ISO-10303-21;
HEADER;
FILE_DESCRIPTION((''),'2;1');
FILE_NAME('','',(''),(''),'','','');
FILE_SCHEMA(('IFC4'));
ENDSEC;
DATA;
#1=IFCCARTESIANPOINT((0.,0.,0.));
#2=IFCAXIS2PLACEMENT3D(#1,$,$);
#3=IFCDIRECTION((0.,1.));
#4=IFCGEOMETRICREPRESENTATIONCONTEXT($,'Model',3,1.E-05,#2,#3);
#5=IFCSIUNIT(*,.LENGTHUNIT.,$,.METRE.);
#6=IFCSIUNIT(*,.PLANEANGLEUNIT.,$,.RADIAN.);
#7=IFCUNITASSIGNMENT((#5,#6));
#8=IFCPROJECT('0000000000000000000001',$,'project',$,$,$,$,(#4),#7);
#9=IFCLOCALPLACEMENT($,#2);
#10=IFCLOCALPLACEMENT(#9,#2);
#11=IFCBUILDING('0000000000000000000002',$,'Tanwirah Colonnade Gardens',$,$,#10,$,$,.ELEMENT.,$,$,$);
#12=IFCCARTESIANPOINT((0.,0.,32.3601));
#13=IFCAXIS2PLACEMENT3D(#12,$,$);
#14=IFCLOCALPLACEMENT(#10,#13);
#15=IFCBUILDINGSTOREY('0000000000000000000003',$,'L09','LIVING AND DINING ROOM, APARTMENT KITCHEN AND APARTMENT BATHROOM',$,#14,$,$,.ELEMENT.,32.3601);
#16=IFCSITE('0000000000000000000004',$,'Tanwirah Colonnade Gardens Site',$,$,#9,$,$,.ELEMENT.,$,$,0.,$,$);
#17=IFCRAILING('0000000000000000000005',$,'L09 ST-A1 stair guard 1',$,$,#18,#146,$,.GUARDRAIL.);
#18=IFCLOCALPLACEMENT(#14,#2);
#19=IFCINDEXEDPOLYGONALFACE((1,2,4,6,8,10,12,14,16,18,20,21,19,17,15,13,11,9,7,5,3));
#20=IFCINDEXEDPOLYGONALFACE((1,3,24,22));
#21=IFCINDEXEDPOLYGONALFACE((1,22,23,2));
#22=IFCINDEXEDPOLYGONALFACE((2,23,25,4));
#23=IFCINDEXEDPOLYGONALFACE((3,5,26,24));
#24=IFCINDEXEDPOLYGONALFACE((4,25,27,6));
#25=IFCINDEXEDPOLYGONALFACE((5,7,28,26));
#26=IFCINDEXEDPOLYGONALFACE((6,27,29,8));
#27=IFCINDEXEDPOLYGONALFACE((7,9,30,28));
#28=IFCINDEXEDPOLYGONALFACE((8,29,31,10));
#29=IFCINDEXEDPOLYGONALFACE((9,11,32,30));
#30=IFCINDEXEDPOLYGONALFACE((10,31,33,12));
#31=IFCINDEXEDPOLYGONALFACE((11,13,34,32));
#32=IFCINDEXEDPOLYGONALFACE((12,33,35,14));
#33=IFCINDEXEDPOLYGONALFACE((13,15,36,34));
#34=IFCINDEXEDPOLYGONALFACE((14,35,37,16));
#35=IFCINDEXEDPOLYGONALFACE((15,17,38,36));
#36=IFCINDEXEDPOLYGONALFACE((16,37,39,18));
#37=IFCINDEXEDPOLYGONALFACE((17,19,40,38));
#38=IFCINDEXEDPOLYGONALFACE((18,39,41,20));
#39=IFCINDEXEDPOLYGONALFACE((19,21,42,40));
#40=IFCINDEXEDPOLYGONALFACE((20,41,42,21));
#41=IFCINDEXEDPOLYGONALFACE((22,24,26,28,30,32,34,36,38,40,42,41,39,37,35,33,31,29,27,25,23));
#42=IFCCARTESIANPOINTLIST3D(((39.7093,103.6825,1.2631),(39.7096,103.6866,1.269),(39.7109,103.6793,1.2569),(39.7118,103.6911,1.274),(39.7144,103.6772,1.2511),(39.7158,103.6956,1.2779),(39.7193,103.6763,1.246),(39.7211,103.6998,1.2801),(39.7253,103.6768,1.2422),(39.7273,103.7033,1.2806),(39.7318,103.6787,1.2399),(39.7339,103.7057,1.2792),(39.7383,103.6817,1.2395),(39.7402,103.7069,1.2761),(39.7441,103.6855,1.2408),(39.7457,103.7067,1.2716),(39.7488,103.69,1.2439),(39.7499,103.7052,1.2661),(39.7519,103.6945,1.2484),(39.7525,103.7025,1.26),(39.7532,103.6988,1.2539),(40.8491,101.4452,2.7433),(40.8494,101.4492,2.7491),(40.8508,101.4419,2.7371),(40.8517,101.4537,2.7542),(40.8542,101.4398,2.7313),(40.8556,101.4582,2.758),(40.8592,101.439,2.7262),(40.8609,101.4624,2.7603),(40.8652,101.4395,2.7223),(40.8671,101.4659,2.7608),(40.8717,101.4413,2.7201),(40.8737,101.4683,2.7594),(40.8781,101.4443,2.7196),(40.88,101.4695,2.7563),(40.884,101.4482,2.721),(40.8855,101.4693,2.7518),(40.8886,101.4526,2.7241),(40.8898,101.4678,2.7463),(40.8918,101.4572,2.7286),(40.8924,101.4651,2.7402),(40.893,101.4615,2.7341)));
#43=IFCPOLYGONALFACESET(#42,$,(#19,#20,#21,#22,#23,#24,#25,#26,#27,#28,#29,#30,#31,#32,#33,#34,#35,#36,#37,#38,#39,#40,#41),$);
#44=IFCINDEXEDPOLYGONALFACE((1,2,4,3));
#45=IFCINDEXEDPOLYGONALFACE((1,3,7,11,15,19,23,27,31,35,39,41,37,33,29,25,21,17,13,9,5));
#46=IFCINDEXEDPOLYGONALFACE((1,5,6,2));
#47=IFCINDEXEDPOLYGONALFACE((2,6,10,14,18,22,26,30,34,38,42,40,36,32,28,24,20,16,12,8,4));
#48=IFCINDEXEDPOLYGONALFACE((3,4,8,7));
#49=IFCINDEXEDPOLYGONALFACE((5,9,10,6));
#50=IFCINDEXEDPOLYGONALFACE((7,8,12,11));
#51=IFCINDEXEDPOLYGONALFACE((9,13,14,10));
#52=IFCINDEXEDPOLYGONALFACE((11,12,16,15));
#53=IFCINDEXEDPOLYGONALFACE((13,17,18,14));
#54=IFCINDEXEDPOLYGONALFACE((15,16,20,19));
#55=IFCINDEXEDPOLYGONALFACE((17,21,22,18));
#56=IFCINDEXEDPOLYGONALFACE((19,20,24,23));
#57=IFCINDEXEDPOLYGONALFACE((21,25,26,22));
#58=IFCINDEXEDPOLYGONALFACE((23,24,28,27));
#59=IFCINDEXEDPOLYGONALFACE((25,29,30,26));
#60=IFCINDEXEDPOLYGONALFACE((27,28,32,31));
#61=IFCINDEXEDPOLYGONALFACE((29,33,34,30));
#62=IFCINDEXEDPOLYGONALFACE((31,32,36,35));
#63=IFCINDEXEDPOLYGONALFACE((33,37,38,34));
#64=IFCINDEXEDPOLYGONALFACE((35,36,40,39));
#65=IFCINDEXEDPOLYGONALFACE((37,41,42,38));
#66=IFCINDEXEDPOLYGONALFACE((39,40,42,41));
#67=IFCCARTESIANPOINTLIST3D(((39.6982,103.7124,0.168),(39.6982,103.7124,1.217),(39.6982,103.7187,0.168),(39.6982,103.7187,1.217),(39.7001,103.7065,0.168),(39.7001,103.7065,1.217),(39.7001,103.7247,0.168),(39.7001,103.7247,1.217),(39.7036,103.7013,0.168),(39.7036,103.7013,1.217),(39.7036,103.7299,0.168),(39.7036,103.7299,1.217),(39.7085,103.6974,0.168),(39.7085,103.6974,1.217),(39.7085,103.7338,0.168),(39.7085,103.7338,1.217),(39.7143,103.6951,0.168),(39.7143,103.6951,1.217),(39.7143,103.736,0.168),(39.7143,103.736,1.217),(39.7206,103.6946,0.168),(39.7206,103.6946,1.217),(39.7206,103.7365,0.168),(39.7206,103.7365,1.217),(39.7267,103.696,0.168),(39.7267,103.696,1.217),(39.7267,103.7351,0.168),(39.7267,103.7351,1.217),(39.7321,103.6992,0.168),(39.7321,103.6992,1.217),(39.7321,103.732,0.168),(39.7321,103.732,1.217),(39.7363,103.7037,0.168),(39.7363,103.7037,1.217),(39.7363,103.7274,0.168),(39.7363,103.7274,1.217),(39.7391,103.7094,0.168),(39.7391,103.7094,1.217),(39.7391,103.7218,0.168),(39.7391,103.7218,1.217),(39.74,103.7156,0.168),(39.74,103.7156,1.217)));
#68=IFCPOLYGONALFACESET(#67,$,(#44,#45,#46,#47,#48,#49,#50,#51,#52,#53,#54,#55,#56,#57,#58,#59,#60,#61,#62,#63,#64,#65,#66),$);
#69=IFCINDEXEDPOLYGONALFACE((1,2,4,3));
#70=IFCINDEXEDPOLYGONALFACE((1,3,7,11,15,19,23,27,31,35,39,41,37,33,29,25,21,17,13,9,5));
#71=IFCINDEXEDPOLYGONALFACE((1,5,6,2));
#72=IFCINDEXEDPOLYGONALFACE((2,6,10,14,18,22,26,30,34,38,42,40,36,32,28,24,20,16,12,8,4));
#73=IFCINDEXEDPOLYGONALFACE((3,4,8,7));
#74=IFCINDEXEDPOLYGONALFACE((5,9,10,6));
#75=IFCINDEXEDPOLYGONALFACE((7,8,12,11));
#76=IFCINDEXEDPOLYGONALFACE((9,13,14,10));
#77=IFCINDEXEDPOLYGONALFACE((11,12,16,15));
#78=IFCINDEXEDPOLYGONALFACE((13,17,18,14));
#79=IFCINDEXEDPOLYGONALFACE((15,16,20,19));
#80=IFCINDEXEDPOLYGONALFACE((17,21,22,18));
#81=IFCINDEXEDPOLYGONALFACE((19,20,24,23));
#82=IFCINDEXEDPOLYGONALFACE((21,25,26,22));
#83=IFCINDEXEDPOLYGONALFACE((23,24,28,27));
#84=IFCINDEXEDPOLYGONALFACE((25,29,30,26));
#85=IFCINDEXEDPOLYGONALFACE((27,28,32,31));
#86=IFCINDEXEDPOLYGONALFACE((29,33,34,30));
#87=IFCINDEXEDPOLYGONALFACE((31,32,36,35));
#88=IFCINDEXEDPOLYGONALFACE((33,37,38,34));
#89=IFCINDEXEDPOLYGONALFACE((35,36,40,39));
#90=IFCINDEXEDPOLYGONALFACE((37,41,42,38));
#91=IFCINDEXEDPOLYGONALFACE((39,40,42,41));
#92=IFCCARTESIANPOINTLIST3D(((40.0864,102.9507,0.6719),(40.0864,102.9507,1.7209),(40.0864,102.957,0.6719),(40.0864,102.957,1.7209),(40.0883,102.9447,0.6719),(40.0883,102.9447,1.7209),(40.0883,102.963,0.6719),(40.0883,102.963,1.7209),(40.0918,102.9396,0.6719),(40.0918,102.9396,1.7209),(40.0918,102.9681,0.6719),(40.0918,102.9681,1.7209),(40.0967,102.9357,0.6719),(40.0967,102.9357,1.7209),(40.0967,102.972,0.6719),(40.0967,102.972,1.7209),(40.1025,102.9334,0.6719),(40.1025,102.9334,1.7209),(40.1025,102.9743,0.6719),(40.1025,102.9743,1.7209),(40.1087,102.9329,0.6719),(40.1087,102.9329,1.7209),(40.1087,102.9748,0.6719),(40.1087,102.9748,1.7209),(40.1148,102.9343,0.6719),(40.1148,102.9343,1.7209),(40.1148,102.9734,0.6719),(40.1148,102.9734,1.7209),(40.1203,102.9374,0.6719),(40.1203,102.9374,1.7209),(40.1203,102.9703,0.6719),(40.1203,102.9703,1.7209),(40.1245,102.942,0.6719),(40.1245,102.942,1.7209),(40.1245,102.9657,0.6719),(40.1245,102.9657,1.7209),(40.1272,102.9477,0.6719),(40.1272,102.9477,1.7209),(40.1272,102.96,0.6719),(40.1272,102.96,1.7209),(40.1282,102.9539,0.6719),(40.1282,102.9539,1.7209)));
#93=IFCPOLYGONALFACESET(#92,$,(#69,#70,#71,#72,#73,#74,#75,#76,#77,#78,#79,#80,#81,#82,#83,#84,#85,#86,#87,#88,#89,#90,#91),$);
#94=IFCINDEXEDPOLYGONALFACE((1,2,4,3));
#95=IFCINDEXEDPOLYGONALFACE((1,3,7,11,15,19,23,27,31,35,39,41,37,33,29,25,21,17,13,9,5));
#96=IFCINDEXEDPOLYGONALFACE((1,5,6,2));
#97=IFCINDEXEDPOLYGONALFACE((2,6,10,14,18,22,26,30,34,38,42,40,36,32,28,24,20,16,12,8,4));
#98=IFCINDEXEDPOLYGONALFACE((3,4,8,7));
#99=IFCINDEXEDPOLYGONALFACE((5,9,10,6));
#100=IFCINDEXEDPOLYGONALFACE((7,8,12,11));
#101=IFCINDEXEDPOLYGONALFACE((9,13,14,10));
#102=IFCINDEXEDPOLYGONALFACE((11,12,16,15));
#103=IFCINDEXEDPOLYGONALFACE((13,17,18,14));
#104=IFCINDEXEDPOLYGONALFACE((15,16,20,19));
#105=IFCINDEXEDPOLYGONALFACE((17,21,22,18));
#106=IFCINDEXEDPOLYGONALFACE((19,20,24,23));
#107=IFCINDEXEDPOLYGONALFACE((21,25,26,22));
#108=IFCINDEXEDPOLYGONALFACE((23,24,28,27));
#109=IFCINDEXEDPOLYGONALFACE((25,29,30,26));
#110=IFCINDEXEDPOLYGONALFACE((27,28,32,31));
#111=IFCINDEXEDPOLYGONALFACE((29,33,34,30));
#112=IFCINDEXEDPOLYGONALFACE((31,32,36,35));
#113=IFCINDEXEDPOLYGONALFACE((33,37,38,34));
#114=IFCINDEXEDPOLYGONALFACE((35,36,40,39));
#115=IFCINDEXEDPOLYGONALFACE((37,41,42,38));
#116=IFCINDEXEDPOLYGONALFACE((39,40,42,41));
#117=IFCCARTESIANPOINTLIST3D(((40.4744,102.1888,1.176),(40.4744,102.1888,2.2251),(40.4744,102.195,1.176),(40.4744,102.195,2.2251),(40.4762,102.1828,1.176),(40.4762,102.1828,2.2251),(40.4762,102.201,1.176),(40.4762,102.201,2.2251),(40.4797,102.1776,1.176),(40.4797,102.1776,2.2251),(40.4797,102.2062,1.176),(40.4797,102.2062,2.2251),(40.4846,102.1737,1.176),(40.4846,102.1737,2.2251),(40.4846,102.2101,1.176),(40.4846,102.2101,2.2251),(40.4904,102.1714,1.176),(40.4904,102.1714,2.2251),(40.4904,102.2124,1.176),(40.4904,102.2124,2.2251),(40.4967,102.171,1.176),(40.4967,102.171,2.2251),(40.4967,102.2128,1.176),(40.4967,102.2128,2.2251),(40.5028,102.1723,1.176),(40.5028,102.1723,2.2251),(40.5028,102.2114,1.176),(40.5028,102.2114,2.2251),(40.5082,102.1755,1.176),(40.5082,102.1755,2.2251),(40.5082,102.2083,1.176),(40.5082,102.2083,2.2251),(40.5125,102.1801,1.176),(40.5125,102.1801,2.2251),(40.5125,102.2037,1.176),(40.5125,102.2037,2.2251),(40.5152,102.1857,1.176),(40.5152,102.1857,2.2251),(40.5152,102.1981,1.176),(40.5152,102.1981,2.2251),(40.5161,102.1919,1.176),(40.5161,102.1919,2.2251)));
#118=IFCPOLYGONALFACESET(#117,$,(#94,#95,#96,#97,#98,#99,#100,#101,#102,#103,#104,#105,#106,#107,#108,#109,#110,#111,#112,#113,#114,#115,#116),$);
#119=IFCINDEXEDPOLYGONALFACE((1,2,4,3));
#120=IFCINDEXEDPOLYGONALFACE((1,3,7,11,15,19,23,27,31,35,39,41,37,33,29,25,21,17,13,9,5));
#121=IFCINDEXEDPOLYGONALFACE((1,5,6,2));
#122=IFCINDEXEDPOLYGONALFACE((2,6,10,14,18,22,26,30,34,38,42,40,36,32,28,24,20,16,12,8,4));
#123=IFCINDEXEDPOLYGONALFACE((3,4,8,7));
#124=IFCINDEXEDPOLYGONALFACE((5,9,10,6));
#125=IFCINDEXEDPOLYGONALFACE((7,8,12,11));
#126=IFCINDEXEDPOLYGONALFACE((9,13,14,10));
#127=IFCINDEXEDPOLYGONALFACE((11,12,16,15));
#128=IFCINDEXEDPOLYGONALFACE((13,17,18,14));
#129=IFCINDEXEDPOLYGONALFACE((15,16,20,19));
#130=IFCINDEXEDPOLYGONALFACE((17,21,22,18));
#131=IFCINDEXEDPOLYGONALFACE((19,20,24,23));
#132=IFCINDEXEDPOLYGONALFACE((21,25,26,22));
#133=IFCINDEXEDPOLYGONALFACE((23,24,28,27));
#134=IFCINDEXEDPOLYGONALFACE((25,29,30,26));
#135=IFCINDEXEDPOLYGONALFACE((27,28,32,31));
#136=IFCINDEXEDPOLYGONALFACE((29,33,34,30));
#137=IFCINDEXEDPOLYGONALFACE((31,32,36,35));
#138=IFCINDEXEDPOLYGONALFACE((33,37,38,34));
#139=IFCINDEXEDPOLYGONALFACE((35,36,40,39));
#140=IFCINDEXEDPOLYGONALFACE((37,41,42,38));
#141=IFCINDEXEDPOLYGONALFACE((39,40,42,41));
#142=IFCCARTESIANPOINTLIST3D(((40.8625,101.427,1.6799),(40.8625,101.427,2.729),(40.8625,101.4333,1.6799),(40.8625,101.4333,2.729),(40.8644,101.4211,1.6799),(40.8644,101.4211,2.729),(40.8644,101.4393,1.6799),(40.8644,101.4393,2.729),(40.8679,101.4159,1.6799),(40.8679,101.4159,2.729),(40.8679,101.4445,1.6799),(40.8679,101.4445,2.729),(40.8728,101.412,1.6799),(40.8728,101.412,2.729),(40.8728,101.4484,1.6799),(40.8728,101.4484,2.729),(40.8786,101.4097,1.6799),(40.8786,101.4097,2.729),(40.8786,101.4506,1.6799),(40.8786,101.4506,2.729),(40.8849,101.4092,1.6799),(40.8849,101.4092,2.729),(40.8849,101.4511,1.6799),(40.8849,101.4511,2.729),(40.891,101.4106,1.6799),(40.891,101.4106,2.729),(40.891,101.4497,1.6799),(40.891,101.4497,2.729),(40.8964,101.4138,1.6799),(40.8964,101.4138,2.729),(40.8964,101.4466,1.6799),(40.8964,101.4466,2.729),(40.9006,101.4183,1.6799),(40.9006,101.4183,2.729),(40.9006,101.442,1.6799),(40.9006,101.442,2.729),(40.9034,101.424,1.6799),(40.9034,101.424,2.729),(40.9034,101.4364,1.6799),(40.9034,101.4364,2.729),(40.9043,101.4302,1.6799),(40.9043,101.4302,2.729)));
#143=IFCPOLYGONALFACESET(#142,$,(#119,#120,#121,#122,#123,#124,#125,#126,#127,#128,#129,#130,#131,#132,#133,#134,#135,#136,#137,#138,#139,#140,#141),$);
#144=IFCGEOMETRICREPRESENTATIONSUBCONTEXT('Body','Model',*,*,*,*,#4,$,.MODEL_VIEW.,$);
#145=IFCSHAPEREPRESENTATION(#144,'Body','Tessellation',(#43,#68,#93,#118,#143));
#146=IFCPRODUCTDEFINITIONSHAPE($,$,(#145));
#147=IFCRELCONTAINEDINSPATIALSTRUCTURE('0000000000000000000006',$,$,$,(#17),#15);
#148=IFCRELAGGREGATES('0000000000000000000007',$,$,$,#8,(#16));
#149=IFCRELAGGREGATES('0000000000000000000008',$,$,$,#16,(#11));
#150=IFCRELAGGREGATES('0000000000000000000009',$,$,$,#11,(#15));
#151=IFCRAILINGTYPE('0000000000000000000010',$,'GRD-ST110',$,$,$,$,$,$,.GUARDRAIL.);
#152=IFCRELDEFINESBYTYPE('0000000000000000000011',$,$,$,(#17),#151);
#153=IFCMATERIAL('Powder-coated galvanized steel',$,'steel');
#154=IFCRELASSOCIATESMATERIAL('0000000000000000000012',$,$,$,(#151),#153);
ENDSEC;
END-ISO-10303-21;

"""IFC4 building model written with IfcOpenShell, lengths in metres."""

from ifc_helpers import new_model, si_unit, direction, frame, origin, origin_2d, place, context, subcontext, project, spatial, circle, extrude, material, type_object, element, save


model = new_model("IFC4")

# Units and contexts
model_context = context("Model", 3, precision=1e-05, world=origin(), true_north=direction((0.0, 1.0)))
body_context = subcontext(model_context, "Body", "Model", "MODEL_VIEW")
ifc_project = project(units=[si_unit("LENGTHUNIT", "METRE"), si_unit("PLANEANGLEUNIT", "RADIAN")], contexts=[model_context])

# Site, building, storey
site_placement = place(None, origin())
site = spatial("IfcSite", under=ifc_project, at=site_placement, Name="Tanwirah Colonnade Gardens Site", CompositionType="ELEMENT", RefElevation=0.0)
building_placement = place(site_placement, origin())
building = spatial("IfcBuilding", under=site, at=building_placement, Name="Tanwirah Colonnade Gardens", CompositionType="ELEMENT")
storey_placement = place(building_placement, frame((0.0, 0.0, 32.3601)))
storey = spatial("IfcBuildingStorey", under=building, at=storey_placement, Name="L09", Description="LIVING AND DINING ROOM, APARTMENT KITCHEN AND APARTMENT BATHROOM", CompositionType="ELEMENT", Elevation=32.3601)

# Railing
ifc_material_1 = material(Name="Powder-coated galvanized steel", Category="steel")
railing_type_1 = type_object("IfcRailingType", Name="GRD-ST110", PredefinedType="GUARDRAIL", material=ifc_material_1)
railing_1_placement = place(storey_placement, frame((39.719, 103.7156, 0.168)))
element("IfcRailing", 1, at=railing_1_placement, inside=storey, type_object=railing_type_1, Name="L09 ST-A1 stair guard 1", PredefinedType="GUARDRAIL", context=body_context, shape_type="SweptSolid", body=[
    extrude(circle(Radius=0.0239, at=origin_2d()), frame((0.0122, -0.0239, 1.092), z_axis=(0.391053, -0.767592, 0.507819), x_axis=(0.891032, 0.45394, 0.0)), (0.0, 0.0, 1.0), 2.9148),
    extrude(circle(Radius=0.021, at=origin_2d()), origin(), (0.0, 0.0, 1.0), 1.0491),
    extrude(circle(Radius=0.021, at=origin_2d()), frame((0.3882, -0.7617, 0.5039)), (0.0, 0.0, 1.0), 1.0491),
    extrude(circle(Radius=0.021, at=origin_2d()), frame((0.7761, -1.5237, 1.0081)), (0.0, 0.0, 1.0), 1.0491),
    extrude(circle(Radius=0.021, at=origin_2d()), frame((1.1643, -2.2854, 1.512)), (0.0, 0.0, 1.0), 1.0491),
])

save(model, "model.ifc")
